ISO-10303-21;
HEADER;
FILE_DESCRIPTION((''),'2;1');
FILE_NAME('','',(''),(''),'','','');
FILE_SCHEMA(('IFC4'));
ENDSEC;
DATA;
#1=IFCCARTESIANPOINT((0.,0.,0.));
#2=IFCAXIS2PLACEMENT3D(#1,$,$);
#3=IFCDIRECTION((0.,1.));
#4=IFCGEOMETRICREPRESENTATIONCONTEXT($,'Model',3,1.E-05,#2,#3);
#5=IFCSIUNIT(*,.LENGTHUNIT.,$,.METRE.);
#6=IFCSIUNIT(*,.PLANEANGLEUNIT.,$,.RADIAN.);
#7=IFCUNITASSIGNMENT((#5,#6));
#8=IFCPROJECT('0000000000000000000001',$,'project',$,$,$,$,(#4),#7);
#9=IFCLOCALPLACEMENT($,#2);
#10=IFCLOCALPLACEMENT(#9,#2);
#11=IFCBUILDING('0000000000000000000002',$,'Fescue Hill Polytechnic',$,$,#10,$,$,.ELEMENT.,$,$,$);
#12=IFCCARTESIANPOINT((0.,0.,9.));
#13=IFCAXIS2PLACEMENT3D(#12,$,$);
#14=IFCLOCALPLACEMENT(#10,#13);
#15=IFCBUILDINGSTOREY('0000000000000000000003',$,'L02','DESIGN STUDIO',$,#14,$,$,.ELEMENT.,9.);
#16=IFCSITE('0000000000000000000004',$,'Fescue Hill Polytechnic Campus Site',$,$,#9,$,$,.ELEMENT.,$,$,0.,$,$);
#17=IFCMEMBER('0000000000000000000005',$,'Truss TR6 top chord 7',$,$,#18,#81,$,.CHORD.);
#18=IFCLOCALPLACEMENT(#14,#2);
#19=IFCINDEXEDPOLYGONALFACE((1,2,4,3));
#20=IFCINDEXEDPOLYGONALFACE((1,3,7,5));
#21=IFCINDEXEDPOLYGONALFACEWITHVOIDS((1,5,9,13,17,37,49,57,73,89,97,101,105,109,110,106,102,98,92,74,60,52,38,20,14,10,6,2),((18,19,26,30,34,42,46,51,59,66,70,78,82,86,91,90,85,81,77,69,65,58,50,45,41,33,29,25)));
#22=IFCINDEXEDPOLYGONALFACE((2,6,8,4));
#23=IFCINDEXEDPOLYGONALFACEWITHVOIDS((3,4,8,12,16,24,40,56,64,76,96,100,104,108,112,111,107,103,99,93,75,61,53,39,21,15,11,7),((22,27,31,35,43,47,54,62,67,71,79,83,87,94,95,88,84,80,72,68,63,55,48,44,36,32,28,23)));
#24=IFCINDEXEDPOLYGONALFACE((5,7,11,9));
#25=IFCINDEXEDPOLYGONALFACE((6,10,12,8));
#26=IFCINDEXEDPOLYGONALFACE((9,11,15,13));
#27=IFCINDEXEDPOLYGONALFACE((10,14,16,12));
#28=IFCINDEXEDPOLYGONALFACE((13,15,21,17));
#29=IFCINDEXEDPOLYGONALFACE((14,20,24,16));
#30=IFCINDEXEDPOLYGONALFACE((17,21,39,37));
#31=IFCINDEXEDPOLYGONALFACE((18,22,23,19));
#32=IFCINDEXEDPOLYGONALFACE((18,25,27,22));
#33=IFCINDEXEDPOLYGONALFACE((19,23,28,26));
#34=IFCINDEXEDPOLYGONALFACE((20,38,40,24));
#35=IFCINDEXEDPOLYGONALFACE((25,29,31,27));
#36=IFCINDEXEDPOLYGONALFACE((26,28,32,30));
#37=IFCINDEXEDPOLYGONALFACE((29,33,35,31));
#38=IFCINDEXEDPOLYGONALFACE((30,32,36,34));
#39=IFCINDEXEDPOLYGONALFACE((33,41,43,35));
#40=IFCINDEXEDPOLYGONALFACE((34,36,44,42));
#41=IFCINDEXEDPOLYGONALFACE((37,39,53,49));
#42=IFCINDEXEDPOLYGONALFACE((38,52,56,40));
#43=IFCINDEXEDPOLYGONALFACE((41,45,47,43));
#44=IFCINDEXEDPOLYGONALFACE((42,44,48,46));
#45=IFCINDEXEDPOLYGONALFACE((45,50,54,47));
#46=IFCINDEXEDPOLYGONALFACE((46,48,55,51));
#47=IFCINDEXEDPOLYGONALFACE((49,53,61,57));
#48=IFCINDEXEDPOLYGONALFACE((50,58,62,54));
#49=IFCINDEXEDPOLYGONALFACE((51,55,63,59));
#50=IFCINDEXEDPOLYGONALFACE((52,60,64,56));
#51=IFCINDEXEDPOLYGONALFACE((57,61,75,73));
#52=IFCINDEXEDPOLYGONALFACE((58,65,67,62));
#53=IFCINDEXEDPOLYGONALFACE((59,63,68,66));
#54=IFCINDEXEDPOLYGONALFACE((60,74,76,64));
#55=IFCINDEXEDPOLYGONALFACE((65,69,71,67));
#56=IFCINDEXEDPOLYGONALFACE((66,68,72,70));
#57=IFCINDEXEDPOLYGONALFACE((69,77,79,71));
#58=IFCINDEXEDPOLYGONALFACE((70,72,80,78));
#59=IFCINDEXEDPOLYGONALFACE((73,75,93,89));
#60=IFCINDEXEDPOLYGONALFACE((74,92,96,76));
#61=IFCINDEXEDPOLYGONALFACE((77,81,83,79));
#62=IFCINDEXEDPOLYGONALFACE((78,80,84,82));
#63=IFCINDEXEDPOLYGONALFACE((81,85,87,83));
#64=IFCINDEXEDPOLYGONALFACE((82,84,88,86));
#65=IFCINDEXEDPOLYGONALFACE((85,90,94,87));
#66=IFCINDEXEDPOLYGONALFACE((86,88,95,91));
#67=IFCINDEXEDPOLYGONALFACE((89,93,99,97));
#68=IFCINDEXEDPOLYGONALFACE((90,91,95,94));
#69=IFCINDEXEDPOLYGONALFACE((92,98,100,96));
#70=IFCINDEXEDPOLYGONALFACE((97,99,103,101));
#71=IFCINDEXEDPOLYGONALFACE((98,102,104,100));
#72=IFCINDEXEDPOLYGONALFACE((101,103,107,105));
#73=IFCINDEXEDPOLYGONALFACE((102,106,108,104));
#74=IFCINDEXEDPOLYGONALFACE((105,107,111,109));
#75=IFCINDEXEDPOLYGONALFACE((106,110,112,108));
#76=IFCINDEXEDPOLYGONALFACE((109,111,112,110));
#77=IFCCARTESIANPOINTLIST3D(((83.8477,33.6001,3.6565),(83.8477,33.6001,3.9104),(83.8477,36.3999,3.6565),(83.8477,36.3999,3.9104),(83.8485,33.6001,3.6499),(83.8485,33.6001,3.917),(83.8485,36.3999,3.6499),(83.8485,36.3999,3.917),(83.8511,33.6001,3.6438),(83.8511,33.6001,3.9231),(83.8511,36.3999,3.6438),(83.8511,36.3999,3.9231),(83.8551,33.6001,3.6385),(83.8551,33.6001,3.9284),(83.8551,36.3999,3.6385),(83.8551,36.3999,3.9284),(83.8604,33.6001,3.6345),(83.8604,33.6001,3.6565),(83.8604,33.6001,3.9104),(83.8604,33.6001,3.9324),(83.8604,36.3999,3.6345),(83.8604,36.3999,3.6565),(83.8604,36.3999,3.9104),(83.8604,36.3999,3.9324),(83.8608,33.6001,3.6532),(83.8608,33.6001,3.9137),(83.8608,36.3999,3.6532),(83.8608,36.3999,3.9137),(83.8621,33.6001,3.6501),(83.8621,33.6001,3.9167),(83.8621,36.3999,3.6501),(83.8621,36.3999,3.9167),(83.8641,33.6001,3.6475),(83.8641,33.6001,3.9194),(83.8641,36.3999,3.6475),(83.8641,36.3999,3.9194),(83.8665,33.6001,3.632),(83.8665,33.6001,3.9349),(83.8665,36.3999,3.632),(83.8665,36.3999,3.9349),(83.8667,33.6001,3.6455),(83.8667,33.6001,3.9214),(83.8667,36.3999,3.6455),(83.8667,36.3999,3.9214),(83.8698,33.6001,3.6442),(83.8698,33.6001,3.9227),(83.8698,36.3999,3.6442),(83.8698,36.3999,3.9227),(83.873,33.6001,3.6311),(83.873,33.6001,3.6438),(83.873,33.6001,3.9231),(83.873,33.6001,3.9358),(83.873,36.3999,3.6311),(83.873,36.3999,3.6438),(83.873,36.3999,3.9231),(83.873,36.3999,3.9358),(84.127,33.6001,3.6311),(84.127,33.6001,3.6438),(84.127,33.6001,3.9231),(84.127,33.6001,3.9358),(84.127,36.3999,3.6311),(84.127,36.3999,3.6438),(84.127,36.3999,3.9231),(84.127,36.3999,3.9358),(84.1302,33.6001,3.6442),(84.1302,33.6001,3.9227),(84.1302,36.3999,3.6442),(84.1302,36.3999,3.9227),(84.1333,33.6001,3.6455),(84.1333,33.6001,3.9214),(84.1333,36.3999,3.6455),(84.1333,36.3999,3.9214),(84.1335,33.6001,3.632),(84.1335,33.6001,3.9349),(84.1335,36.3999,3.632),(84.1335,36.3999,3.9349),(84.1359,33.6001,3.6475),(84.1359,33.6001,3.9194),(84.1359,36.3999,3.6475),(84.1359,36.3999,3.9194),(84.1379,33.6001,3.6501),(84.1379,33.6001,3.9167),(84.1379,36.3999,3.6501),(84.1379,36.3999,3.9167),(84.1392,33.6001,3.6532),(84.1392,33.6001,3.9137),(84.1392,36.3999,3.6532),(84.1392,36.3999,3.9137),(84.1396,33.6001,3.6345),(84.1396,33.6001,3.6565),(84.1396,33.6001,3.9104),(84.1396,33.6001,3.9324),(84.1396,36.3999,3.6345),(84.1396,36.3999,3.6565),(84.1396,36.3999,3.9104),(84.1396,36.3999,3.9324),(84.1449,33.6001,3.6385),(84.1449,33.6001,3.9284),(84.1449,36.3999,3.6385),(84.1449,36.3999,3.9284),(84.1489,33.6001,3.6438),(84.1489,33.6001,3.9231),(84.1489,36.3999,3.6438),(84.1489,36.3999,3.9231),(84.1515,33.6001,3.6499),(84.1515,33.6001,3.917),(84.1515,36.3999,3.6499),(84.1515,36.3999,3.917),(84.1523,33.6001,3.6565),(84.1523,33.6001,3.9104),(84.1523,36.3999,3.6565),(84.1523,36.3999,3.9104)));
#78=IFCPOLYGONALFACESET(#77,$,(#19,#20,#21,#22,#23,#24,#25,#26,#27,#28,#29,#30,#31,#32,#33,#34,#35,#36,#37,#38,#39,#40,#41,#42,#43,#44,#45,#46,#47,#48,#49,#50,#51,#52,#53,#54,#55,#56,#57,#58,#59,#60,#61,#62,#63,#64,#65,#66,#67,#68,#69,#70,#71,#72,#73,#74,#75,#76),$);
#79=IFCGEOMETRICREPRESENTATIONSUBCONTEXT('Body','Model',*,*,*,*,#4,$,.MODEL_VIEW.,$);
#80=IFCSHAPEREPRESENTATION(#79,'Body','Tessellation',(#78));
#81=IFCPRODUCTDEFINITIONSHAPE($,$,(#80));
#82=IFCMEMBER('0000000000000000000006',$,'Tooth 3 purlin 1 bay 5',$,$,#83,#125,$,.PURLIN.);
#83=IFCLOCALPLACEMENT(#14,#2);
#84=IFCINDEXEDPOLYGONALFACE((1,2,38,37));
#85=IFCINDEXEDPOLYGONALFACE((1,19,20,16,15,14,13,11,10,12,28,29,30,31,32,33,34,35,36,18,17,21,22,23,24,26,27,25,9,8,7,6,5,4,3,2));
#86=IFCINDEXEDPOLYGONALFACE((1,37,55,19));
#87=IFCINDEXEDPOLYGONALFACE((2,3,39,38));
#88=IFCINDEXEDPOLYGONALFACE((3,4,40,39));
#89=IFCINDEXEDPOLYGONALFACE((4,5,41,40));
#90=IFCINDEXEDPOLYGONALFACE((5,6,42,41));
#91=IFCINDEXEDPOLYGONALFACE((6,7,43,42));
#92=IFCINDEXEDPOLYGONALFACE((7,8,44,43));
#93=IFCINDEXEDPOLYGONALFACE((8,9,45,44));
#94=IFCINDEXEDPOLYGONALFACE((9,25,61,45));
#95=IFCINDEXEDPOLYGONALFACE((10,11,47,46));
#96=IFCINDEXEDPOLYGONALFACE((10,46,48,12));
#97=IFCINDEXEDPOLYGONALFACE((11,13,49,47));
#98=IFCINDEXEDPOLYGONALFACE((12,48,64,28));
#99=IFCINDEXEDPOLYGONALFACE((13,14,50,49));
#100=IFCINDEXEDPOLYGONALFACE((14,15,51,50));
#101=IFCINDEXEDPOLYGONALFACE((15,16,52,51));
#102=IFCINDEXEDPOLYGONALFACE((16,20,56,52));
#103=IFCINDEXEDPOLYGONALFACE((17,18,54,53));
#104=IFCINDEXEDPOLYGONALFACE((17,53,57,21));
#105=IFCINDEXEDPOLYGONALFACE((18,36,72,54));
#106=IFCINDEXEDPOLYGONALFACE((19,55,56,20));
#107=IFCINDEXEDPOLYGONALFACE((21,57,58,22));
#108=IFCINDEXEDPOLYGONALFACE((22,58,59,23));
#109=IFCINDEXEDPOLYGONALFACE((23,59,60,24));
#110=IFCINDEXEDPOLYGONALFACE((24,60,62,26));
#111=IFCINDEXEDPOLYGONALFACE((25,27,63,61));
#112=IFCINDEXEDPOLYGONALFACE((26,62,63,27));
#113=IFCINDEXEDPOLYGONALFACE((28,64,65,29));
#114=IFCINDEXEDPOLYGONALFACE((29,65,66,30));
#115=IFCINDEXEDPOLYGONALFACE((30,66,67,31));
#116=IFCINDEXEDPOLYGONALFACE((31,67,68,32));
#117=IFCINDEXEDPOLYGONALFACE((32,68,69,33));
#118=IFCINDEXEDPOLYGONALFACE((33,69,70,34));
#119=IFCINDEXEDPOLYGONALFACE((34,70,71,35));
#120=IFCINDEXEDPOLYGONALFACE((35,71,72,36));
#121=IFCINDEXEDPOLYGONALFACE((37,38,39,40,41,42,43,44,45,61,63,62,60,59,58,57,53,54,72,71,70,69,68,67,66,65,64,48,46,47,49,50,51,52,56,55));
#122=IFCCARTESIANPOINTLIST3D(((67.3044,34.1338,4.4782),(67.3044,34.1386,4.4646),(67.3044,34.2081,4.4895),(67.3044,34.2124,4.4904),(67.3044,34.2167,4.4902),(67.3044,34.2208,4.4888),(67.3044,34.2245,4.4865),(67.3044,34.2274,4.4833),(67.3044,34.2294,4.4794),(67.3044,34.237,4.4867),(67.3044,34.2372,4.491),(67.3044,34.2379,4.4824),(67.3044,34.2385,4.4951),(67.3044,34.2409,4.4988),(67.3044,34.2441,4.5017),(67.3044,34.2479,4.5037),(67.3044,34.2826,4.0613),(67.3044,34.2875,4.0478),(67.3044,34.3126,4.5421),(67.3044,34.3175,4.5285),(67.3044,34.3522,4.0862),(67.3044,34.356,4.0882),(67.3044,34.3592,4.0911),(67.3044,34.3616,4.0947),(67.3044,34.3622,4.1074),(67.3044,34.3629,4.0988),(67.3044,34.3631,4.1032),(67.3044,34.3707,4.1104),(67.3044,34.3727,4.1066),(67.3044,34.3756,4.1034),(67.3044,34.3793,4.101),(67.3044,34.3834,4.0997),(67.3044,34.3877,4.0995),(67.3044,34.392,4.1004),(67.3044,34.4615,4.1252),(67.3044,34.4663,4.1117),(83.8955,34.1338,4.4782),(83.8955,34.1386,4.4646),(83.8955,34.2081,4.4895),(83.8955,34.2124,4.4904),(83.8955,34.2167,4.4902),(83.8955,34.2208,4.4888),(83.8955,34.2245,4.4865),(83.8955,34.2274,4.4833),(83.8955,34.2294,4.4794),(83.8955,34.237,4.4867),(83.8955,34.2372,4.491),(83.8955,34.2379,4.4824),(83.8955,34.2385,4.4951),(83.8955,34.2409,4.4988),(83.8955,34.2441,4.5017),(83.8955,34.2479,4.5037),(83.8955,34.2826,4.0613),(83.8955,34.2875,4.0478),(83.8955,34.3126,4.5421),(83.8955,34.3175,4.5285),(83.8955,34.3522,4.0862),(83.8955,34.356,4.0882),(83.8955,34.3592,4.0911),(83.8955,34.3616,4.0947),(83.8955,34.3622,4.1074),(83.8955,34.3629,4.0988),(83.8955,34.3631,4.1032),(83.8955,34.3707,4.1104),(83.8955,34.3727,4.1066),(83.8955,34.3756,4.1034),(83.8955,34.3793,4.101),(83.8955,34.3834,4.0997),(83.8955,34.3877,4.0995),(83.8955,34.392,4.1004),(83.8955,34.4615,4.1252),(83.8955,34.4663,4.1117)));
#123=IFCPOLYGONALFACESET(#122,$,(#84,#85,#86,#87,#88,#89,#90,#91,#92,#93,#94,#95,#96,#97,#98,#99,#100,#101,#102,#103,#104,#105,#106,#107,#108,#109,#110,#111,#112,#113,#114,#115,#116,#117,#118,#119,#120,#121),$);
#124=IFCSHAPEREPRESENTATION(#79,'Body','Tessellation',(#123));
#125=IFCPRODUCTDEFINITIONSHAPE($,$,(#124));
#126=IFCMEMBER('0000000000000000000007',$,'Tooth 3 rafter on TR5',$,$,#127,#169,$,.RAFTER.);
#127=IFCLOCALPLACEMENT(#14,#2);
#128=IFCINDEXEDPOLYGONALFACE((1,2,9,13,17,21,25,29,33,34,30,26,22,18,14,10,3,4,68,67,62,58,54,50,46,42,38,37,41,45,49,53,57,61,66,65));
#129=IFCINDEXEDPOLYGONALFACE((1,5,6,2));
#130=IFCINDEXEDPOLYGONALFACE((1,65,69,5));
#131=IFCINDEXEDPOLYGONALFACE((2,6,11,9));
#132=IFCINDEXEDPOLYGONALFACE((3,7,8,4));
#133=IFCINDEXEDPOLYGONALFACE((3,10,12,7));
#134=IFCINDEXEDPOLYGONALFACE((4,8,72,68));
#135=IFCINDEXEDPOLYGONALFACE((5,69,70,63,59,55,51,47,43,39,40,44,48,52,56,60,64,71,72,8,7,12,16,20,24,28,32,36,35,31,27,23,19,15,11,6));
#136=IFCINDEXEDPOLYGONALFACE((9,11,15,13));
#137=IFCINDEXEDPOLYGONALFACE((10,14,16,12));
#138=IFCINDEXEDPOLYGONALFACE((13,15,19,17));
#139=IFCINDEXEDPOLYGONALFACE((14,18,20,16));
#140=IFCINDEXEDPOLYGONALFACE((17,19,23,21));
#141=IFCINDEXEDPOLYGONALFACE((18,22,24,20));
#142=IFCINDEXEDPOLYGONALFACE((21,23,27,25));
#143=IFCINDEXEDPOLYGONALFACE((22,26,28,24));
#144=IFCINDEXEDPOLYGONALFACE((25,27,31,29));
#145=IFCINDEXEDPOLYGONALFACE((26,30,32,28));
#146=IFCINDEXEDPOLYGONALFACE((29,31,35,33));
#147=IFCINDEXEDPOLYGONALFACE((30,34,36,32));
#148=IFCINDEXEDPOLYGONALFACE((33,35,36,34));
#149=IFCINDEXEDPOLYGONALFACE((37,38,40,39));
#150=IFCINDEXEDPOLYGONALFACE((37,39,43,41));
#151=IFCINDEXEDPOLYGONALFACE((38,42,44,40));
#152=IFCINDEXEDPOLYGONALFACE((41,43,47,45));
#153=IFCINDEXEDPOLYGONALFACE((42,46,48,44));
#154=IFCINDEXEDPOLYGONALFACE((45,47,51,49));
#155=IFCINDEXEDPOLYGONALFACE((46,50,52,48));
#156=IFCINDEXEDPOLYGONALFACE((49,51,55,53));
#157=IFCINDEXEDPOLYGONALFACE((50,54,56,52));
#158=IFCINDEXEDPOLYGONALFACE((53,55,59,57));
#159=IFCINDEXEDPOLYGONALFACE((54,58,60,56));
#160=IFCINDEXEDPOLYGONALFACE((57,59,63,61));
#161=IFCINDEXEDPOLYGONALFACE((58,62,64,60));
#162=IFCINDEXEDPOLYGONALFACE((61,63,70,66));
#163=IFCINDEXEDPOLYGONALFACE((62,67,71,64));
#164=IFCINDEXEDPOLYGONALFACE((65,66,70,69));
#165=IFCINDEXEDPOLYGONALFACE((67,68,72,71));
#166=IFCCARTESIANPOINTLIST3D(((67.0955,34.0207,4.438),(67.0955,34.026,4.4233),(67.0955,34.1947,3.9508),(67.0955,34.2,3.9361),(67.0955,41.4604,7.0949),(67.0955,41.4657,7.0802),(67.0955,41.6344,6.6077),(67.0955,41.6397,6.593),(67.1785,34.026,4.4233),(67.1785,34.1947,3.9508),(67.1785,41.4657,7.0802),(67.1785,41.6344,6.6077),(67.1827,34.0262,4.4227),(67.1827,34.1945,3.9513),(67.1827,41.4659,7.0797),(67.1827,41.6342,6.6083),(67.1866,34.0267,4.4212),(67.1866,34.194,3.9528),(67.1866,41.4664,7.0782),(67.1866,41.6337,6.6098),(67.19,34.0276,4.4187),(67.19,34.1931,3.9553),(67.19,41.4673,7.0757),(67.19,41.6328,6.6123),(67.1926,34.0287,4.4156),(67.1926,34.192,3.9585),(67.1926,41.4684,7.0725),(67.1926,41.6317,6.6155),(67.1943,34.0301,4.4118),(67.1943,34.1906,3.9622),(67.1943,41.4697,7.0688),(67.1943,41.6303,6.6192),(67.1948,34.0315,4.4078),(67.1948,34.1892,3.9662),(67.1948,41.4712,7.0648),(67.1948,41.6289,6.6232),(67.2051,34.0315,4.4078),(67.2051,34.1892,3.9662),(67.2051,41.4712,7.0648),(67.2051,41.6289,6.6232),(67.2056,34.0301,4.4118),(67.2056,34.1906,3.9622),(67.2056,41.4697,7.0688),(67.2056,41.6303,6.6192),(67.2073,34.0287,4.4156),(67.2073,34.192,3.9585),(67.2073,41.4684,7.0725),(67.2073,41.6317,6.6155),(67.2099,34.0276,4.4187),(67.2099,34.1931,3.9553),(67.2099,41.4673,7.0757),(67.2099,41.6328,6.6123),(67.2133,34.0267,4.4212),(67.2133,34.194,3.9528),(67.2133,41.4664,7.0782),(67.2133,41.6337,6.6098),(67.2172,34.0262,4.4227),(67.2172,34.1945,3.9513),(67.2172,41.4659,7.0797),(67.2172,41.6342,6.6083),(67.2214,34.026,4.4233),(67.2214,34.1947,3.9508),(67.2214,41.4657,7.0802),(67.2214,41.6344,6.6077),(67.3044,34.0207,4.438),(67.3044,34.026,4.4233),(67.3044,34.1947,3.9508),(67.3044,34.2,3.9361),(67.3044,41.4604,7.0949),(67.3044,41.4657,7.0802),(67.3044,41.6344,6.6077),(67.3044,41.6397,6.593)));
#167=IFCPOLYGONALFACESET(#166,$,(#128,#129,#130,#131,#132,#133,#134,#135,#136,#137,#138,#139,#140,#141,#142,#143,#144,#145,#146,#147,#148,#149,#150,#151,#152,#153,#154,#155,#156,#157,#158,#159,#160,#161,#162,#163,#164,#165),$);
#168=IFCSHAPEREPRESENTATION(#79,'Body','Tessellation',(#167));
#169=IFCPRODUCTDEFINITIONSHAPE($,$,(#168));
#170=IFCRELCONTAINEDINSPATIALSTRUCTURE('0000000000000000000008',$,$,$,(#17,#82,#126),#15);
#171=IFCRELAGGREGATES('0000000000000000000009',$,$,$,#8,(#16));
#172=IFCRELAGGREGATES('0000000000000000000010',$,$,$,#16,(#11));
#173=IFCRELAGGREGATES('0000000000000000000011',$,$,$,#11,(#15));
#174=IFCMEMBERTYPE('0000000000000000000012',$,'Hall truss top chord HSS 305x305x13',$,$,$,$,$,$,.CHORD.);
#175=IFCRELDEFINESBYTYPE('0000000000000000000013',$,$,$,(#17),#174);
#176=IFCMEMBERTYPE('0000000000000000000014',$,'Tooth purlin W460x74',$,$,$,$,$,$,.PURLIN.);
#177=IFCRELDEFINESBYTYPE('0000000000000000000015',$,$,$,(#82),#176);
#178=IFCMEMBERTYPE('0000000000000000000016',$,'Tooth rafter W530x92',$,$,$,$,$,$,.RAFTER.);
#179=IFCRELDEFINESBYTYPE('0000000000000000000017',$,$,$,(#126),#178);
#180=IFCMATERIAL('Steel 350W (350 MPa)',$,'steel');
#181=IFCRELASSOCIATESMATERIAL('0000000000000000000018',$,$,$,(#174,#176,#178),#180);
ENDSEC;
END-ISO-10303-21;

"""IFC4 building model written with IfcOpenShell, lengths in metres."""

from ifc_helpers import new_model, si_unit, direction, frame, origin, origin_2d, place, context, subcontext, project, spatial, hollow_rectangle, i_section, extrude, material, material_profile, profile_set, type_object, element, save


model = new_model("IFC4")

# Units and contexts
model_context = context("Model", 3, precision=1e-05, world=origin(), true_north=direction((0.0, 1.0)))
body_context = subcontext(model_context, "Body", "Model", "MODEL_VIEW")
ifc_project = project(units=[si_unit("LENGTHUNIT", "METRE"), si_unit("PLANEANGLEUNIT", "RADIAN")], contexts=[model_context])

# Site, building, storey
site_placement = place(None, origin())
site = spatial("IfcSite", under=ifc_project, at=site_placement, Name="Fescue Hill Polytechnic Campus Site", CompositionType="ELEMENT", RefElevation=0.0)
building_placement = place(site_placement, origin())
building = spatial("IfcBuilding", under=site, at=building_placement, Name="Fescue Hill Polytechnic", CompositionType="ELEMENT")
storey_placement = place(building_placement, frame((0.0, 0.0, 9.0)))
storey = spatial("IfcBuildingStorey", under=building, at=storey_placement, Name="L02", Description="DESIGN STUDIO", CompositionType="ELEMENT", Elevation=9.0)

# Members
ifc_material = material(Name="Steel 350W (350 MPa)", Category="steel")
ifc_material_profile_1 = material_profile(ifc_material, hollow_rectangle(XDim=0.3047, YDim=0.3047, WallThickness=0.0127, InnerFilletRadius=0.0127, OuterFilletRadius=0.0254, at=origin_2d()), Name="Hall truss top chord HSS 305x305x13")
ifc_profile_set_1 = profile_set([ifc_material_profile_1], Name="Steel 350W (350 MPa)")
member_type_1 = type_object("IfcMemberType", Name="Hall truss top chord HSS 305x305x13", PredefinedType="CHORD", material=ifc_profile_set_1)
member_1_placement = place(storey_placement, frame((84.0, 33.6001, 3.7834), z_axis=(0.0, 1.0, 0.0), x_axis=(-1.0, 0.0, 0.0)))
element("IfcMember", 1, at=member_1_placement, inside=storey, type_object=member_type_1, Name="Truss TR6 top chord 7", PredefinedType="CHORD", context=body_context, shape_type="SweptSolid", body=[
    extrude(hollow_rectangle(XDim=0.3047, YDim=0.3047, WallThickness=0.0127, InnerFilletRadius=0.0127, OuterFilletRadius=0.0254, at=origin_2d()), origin(), (0.0, 0.0, 1.0), 2.7998),
])
ifc_material_profile_2 = material_profile(ifc_material, i_section(OverallWidth=0.1899, OverallDepth=0.457, WebThickness=0.009, FlangeThickness=0.0144, FilletRadius=0.0166, at=origin_2d()), Name="W460x74")
ifc_profile_set_2 = profile_set([ifc_material_profile_2], Name="Steel 350W (350 MPa)")
member_type_2 = type_object("IfcMemberType", Name="Tooth purlin W460x74", PredefinedType="PURLIN", material=ifc_profile_set_2)
member_2_placement = place(storey_placement, frame((67.3044, 34.3, 4.2949), z_axis=(1.0, 0.0, 0.0), x_axis=(0.0, 0.941742, 0.336336)))
element("IfcMember", 2, at=member_2_placement, inside=storey, type_object=member_type_2, Name="Tooth 3 purlin 1 bay 5", PredefinedType="PURLIN", context=body_context, shape_type="SweptSolid", body=[
    extrude(i_section(OverallWidth=0.1899, OverallDepth=0.457, WebThickness=0.009, FlangeThickness=0.0144, FilletRadius=0.0166, at=origin_2d()), origin(), (0.0, 0.0, 1.0), 16.5911),
])
ifc_material_profile_3 = material_profile(ifc_material, i_section(OverallWidth=0.209, OverallDepth=0.533, WebThickness=0.0103, FlangeThickness=0.0156, FilletRadius=0.0164, at=origin_2d()), Name="W530x92")
ifc_profile_set_3 = profile_set([ifc_material_profile_3], Name="Steel 350W (350 MPa)")
member_type_3 = type_object("IfcMemberType", Name="Tooth rafter W530x92", PredefinedType="RAFTER", material=ifc_profile_set_3)
for number, where, z_axis, x_axis, name in (
    (3, (67.2, 34.1104, 4.187), (0.0, 0.941744, 0.336331), (-1.0, 0.0, 0.0), "Tooth 3 rafter on TR5"),
):
    element("IfcMember", number, at=place(storey_placement, frame(where, z_axis=z_axis, x_axis=x_axis)), inside=storey, type_object=member_type_3, Name=name, PredefinedType="RAFTER", context=body_context, shape_type="SweptSolid", body=[
        extrude(i_section(OverallWidth=0.209, OverallDepth=0.533, WebThickness=0.0103, FlangeThickness=0.0156, FilletRadius=0.0164, at=origin_2d()), origin(), (0.0, 0.0, 1.0), 7.8999),
    ])

save(model, "model.ifc")
